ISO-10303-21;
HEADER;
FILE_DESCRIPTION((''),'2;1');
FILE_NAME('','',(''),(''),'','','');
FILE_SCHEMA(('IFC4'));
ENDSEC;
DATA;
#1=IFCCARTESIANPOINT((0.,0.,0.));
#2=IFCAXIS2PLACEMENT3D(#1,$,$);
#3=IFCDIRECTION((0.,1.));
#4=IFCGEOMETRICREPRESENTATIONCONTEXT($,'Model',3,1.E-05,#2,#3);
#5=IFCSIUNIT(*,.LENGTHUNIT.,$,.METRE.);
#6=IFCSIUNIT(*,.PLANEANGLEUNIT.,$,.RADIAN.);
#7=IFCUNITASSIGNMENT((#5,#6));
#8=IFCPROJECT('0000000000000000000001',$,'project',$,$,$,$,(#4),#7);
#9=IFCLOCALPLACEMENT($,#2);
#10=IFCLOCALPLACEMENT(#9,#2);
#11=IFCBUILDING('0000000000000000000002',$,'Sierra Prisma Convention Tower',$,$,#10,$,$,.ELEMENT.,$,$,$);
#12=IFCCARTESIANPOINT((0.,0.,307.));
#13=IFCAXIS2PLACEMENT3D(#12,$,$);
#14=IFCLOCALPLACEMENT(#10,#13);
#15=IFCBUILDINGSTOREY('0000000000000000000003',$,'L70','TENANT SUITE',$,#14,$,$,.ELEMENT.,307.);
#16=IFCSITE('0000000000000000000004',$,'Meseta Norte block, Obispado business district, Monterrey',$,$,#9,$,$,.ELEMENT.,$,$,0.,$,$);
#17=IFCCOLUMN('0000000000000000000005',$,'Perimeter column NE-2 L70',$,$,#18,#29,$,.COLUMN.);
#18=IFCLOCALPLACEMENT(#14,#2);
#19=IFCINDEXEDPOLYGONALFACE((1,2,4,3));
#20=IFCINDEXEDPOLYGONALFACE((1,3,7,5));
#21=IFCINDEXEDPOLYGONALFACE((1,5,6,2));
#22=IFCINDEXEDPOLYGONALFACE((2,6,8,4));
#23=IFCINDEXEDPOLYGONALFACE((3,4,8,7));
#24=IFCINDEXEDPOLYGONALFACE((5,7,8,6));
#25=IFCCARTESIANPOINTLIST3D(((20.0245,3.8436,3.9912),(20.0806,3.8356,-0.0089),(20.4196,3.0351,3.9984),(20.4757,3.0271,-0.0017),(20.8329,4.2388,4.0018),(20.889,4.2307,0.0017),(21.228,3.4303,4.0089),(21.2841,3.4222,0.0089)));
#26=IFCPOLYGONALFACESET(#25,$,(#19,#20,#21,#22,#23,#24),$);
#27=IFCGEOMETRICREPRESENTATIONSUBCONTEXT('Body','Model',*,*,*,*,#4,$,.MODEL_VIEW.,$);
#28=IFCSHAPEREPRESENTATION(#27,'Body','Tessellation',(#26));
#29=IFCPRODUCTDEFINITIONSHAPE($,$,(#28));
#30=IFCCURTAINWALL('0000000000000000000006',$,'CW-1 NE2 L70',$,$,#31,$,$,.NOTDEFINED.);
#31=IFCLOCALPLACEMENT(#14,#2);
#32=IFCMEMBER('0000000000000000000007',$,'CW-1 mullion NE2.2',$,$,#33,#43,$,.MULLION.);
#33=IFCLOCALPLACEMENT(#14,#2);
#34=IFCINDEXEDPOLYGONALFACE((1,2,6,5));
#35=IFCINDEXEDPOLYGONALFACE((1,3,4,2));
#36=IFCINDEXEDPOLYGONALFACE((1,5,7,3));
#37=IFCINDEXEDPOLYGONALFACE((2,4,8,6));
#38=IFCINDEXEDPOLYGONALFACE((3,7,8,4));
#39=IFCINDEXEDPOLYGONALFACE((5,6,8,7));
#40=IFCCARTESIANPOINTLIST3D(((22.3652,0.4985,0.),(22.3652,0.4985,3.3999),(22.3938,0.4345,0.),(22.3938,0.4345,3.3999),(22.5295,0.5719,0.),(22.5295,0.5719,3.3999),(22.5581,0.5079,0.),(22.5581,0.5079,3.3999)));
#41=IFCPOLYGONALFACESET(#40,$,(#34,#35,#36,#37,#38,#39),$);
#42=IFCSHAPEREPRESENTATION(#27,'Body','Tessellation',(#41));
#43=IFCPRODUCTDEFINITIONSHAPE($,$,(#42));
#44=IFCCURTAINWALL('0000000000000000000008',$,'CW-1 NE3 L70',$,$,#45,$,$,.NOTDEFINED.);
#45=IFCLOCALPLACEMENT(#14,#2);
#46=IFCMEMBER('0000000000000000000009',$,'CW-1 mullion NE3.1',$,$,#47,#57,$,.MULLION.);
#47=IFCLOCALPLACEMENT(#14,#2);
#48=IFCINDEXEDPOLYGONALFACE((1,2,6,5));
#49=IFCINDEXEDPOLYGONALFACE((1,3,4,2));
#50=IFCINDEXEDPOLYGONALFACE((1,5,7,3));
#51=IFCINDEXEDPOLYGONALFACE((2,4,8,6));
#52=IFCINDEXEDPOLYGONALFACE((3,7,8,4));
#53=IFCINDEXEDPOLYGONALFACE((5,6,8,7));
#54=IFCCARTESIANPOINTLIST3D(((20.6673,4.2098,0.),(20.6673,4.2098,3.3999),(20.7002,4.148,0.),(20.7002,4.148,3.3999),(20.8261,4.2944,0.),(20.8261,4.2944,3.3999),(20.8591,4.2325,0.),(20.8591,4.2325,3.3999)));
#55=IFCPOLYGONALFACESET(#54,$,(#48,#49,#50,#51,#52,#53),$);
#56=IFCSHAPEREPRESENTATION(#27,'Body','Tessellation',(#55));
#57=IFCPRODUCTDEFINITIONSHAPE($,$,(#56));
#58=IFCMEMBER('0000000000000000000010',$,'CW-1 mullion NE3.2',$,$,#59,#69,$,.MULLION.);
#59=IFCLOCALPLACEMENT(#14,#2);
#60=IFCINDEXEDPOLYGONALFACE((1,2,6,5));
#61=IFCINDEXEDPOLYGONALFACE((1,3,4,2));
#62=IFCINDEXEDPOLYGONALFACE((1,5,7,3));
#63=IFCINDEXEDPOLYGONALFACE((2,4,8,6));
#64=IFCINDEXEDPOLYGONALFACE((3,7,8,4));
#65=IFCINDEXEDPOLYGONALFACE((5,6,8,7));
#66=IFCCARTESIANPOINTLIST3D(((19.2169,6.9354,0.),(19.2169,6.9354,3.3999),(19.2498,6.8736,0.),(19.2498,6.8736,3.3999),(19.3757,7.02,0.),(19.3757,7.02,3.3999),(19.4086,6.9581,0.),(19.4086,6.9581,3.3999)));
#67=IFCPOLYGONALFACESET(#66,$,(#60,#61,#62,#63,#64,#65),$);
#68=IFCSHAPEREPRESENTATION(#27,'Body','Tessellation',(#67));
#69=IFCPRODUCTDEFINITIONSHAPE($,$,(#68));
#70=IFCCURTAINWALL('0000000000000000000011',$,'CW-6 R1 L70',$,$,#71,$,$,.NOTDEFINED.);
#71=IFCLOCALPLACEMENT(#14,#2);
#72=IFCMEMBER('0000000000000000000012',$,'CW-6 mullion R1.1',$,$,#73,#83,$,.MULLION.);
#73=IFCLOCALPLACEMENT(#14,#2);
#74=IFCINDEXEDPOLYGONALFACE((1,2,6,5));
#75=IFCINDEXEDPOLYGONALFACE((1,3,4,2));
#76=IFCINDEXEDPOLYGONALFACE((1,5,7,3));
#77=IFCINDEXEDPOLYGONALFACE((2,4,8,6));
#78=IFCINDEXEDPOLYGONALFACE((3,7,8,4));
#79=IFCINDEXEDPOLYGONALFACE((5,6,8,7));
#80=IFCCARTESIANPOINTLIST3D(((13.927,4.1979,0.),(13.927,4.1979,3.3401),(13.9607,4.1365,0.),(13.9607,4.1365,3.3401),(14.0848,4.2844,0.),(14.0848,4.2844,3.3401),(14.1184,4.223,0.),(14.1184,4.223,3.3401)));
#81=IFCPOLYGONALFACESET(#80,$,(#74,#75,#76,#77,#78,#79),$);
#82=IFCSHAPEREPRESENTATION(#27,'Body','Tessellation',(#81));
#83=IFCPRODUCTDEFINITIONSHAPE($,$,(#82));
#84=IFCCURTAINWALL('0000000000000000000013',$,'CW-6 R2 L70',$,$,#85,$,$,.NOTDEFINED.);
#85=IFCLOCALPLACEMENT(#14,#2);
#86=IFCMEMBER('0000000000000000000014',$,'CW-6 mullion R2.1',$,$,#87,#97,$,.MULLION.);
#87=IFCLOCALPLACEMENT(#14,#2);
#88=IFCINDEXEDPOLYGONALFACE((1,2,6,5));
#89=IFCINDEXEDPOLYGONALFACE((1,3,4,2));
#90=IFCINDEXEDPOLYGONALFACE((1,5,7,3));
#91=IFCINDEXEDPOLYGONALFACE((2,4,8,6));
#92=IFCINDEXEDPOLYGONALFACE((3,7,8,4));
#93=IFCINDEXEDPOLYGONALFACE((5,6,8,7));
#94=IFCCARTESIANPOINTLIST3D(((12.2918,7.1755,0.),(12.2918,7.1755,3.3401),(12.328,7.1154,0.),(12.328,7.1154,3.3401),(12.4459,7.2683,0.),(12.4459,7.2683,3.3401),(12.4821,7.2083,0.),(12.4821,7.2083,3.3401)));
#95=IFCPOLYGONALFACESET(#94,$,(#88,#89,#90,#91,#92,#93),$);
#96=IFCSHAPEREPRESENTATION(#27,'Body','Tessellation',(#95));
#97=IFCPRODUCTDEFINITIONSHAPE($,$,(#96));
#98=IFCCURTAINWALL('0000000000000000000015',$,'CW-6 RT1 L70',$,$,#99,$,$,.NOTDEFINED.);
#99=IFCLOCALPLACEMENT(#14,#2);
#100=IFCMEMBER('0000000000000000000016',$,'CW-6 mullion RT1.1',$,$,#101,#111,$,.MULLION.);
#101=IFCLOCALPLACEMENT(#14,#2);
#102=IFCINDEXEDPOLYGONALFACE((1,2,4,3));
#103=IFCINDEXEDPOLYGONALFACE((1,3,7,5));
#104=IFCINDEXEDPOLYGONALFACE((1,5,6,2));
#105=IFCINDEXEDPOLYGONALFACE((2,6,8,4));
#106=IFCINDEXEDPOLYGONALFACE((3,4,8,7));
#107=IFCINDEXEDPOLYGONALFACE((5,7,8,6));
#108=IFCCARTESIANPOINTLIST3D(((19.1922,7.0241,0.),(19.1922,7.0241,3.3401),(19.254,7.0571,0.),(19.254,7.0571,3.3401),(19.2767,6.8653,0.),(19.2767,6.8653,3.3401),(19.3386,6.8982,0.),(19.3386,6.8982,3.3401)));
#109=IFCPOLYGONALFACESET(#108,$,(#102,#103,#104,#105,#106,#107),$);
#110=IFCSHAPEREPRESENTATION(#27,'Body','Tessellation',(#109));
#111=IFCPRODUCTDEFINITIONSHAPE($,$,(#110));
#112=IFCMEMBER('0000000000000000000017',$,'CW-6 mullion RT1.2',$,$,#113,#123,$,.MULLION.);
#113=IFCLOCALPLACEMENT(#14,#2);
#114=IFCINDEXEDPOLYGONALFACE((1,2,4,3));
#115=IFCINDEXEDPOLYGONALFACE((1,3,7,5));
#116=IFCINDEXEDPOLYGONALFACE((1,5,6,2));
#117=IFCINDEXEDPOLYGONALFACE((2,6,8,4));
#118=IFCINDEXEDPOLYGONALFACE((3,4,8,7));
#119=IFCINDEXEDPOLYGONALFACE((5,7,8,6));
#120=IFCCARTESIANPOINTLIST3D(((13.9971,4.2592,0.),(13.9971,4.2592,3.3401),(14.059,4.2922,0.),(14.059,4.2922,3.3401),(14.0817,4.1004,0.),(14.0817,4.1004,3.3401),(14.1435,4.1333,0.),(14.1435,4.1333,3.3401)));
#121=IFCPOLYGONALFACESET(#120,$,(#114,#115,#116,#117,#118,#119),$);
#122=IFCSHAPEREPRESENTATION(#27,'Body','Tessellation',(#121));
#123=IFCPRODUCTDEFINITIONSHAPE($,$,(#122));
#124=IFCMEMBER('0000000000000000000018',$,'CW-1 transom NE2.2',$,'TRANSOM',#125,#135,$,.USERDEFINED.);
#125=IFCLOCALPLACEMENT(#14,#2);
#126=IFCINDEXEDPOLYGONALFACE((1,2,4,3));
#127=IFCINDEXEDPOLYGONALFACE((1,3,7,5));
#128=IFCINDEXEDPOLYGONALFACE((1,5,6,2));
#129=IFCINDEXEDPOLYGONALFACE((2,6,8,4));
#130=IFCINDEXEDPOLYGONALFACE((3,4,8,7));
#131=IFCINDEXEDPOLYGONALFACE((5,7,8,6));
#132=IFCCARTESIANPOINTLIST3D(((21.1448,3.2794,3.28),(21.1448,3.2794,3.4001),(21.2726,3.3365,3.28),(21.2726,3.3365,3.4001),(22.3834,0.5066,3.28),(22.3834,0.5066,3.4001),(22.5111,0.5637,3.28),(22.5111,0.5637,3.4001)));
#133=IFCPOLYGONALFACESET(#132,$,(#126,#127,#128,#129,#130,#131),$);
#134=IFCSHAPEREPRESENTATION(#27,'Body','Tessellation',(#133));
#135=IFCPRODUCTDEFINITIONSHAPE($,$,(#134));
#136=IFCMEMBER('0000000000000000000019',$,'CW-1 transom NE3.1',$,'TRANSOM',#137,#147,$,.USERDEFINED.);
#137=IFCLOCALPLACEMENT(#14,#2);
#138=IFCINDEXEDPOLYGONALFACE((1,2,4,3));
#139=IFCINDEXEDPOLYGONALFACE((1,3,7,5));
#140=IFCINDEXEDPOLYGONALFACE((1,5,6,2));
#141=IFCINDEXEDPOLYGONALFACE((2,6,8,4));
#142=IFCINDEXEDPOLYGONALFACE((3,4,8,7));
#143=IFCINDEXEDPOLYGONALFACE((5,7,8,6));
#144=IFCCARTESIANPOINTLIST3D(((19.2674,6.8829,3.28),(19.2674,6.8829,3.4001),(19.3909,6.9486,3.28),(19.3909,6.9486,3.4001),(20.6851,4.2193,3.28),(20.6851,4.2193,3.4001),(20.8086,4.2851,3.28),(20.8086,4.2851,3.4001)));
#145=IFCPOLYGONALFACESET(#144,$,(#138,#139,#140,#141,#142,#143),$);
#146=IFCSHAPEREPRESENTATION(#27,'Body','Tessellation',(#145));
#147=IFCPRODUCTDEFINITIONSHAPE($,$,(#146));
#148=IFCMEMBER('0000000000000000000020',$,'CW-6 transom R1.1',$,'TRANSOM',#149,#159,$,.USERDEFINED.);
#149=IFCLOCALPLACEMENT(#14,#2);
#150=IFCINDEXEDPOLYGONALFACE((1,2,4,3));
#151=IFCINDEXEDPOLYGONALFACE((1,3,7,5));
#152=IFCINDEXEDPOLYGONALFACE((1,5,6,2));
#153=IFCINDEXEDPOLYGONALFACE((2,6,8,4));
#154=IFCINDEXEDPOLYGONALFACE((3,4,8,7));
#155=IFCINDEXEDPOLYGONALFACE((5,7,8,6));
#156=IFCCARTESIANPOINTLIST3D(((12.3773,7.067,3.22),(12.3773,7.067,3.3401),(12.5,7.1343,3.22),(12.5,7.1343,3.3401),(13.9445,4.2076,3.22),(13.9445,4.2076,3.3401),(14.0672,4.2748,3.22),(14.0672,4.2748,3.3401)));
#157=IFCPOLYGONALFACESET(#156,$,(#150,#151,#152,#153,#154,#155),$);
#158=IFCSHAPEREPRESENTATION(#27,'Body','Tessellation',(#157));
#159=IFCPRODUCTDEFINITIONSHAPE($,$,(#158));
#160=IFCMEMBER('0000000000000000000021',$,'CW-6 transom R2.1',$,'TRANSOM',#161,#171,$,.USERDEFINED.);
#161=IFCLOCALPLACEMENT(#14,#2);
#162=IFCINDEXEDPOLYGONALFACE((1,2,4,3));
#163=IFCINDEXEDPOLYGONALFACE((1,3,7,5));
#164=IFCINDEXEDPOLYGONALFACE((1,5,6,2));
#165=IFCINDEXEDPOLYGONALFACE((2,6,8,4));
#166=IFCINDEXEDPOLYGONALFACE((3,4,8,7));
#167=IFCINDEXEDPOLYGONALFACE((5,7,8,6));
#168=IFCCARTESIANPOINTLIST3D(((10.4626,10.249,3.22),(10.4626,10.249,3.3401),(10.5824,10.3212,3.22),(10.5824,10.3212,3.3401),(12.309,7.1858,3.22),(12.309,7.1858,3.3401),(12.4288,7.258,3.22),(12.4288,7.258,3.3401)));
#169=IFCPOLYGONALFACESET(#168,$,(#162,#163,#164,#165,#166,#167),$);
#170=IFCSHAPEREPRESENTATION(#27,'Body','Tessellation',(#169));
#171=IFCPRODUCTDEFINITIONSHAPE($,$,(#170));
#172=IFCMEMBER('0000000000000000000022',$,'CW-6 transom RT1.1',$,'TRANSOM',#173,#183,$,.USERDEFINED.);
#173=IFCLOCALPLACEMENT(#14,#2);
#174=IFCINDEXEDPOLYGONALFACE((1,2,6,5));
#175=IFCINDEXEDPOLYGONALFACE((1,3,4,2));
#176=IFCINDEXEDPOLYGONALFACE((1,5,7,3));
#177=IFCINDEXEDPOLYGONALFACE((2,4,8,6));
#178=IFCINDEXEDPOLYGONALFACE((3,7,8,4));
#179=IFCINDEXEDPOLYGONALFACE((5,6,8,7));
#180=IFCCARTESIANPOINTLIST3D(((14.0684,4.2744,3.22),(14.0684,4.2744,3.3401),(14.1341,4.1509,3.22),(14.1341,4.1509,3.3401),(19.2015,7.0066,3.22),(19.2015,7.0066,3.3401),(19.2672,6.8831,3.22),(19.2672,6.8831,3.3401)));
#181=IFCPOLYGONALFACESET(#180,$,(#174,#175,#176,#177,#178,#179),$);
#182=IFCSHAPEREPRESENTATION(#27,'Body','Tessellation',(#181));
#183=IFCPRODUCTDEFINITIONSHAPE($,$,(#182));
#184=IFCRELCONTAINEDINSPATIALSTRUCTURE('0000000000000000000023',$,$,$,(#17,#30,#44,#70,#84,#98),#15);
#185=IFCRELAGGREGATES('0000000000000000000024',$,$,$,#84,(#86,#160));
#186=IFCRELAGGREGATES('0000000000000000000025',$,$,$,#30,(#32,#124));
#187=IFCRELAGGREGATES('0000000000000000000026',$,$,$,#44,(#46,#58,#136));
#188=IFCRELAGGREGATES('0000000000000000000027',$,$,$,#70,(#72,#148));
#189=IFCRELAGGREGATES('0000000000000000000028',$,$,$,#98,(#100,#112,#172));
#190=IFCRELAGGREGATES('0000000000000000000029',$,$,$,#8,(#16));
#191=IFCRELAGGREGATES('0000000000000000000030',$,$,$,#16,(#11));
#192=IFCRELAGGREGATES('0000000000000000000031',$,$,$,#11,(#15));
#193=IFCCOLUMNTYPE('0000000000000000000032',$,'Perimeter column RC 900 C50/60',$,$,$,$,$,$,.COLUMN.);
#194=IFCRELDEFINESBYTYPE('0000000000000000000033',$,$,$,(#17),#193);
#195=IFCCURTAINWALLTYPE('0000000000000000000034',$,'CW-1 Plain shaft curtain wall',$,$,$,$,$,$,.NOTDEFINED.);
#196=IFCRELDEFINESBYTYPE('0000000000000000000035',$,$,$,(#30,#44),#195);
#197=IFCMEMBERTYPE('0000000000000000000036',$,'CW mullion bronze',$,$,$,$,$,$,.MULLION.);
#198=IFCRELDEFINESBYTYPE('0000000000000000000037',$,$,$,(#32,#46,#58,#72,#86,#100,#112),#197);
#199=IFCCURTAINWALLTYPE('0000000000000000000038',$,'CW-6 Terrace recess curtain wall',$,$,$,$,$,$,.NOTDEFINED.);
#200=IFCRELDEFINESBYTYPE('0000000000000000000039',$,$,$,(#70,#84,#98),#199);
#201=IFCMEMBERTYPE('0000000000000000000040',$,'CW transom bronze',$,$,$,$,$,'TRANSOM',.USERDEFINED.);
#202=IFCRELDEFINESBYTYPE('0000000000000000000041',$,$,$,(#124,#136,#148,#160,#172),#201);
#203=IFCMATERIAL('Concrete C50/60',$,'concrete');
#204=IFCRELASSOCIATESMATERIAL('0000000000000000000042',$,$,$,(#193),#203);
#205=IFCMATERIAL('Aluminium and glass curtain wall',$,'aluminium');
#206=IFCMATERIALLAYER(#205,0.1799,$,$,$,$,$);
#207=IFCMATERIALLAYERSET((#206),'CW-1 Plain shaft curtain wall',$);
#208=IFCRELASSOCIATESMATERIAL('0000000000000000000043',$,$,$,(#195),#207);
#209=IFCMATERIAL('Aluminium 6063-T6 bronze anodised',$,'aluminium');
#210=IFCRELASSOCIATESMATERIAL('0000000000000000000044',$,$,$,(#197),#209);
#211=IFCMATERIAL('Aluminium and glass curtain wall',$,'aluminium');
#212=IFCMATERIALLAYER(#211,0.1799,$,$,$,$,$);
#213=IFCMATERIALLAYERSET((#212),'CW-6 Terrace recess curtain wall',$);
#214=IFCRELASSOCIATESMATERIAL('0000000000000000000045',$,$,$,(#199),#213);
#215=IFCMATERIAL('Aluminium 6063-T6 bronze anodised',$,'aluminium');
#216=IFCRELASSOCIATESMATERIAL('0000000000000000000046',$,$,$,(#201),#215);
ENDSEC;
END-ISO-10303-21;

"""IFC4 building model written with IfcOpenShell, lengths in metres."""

from ifc_helpers import new_model, si_unit, direction, frame, origin, origin_2d, place, context, subcontext, project, spatial, rectangle, extrude, material, layer, layer_set, material_profile, profile_set, type_object, element, aggregate, save


model = new_model("IFC4")

# Units and contexts
model_context = context("Model", 3, precision=1e-05, world=origin(), true_north=direction((0.0, 1.0)))
body_context = subcontext(model_context, "Body", "Model", "MODEL_VIEW")
ifc_project = project(units=[si_unit("LENGTHUNIT", "METRE"), si_unit("PLANEANGLEUNIT", "RADIAN")], contexts=[model_context])

# Site, building, storey
site_placement = place(None, origin())
site = spatial("IfcSite", under=ifc_project, at=site_placement, Name="Meseta Norte block, Obispado business district, Monterrey", CompositionType="ELEMENT", RefElevation=0.0)
building_placement = place(site_placement, origin())
building = spatial("IfcBuilding", under=site, at=building_placement, Name="Sierra Prisma Convention Tower", CompositionType="ELEMENT")
storey_placement = place(building_placement, frame((0.0, 0.0, 307.0)))
storey = spatial("IfcBuildingStorey", under=building, at=storey_placement, Name="L70", Description="TENANT SUITE", CompositionType="ELEMENT", Elevation=307.0)

# Column
ifc_material_1 = material(Name="Concrete C50/60", Category="concrete")
ifc_material_profile_1 = material_profile(ifc_material_1, rectangle(XDim=0.8999, YDim=0.8999, at=origin_2d()), Name="Perimeter column RC 900 C50/60")
ifc_profile_set_1 = profile_set([ifc_material_profile_1], Name="Concrete C50/60")
column_type = type_object("IfcColumnType", Name="Perimeter column RC 900 C50/60", PredefinedType="COLUMN", material=ifc_profile_set_1)
column_placement = place(storey_placement, frame((20.6824, 3.6289, 0.0), z_axis=(-0.014037, 0.002014, 0.999899), x_axis=(-0.439063, 0.898421, -0.007973)))
element("IfcColumn", 1, at=column_placement, inside=storey, type_object=column_type, Name="Perimeter column NE-2 L70", PredefinedType="COLUMN", context=body_context, shape_type="SweptSolid", body=[
    extrude(rectangle(XDim=0.8999, YDim=0.8999, at=origin_2d()), origin(), (0.0, 0.0, 1.0), 4.0005),
])

# Curtain wall, member
ifc_material_2 = material(Name="Aluminium and glass curtain wall", Category="aluminium")
ifc_layer_1 = layer(ifc_material_2, 0.1799)
ifc_layer_set_1 = layer_set([ifc_layer_1], Name="CW-1 Plain shaft curtain wall")
curtain_wall_type_1 = type_object("IfcCurtainWallType", Name="CW-1 Plain shaft curtain wall", PredefinedType="NOTDEFINED", material=ifc_layer_set_1)
curtain_wall_1_placement = place(storey_placement, origin())
curtain_wall_1 = element("IfcCurtainWall", 2, at=curtain_wall_1_placement, inside=storey, type_object=curtain_wall_type_1, Name="CW-1 NE2 L70", PredefinedType="NOTDEFINED")
ifc_material_3 = material(Name="Aluminium 6063-T6 bronze anodised", Category="aluminium")
ifc_material_profile_2 = material_profile(ifc_material_3, rectangle(XDim=0.1799, YDim=0.0701, at=origin_2d()), Name="ALU MULLION 70x180")
ifc_profile_set_2 = profile_set([ifc_material_profile_2], Name="Aluminium 6063-T6 bronze anodised")
member_type_1 = type_object("IfcMemberType", Name="CW mullion bronze", PredefinedType="MULLION", material=ifc_profile_set_2)
member_1_placement = place(storey_placement, frame((22.4617, 0.5032, 0.0), z_axis=(0.0, 0.0, 1.0), x_axis=(-0.913045, -0.407858, 0.0)))
member_1 = element("IfcMember", 3, at=member_1_placement, type_object=member_type_1, Name="CW-1 mullion NE2.2", PredefinedType="MULLION", context=body_context, shape_type="SweptSolid", body=[
    extrude(rectangle(XDim=0.1799, YDim=0.0701, at=origin_2d()), origin(), (0.0, 0.0, 1.0), 3.3999),
])

# Curtain wall, members
curtain_wall_2_placement = place(storey_placement, origin())
curtain_wall_2 = element("IfcCurtainWall", 4, at=curtain_wall_2_placement, inside=storey, type_object=curtain_wall_type_1, Name="CW-1 NE3 L70", PredefinedType="NOTDEFINED")
member_2_placement = place(storey_placement, frame((20.7632, 4.2212, 0.0), z_axis=(0.0, 0.0, 1.0), x_axis=(-0.882755, -0.469833, 0.0)))
member_2 = element("IfcMember", 5, at=member_2_placement, type_object=member_type_1, Name="CW-1 mullion NE3.1", PredefinedType="MULLION", context=body_context, shape_type="SweptSolid", body=[
    extrude(rectangle(XDim=0.1799, YDim=0.0701, at=origin_2d()), origin(), (0.0, 0.0, 1.0), 3.3999),
])
member_3_placement = place(storey_placement, frame((19.3127, 6.9468, 0.0), z_axis=(0.0, 0.0, 1.0), x_axis=(-0.882755, -0.469833, 0.0)))
member_3 = element("IfcMember", 6, at=member_3_placement, type_object=member_type_1, Name="CW-1 mullion NE3.2", PredefinedType="MULLION", context=body_context, shape_type="SweptSolid", body=[
    extrude(rectangle(XDim=0.1799, YDim=0.0701, at=origin_2d()), origin(), (0.0, 0.0, 1.0), 3.3999),
])

# Curtain walls, members
ifc_material_4 = material(Name="Aluminium and glass curtain wall", Category="aluminium")
ifc_layer_2 = layer(ifc_material_4, 0.1799)
ifc_layer_set_2 = layer_set([ifc_layer_2], Name="CW-6 Terrace recess curtain wall")
curtain_wall_type_2 = type_object("IfcCurtainWallType", Name="CW-6 Terrace recess curtain wall", PredefinedType="NOTDEFINED", material=ifc_layer_set_2)
curtain_wall_3_placement = place(storey_placement, origin())
curtain_wall_3 = element("IfcCurtainWall", 7, at=curtain_wall_3_placement, inside=storey, type_object=curtain_wall_type_2, Name="CW-6 R1 L70", PredefinedType="NOTDEFINED")
member_4_placement = place(storey_placement, frame((14.0227, 4.2104, 0.0), z_axis=(0.0, 0.0, 1.0), x_axis=(-0.876916, -0.480643, 0.0)))
member_4 = element("IfcMember", 8, at=member_4_placement, type_object=member_type_1, Name="CW-6 mullion R1.1", PredefinedType="MULLION", context=body_context, shape_type="SweptSolid", body=[
    extrude(rectangle(XDim=0.1799, YDim=0.0701, at=origin_2d()), origin(), (0.0, 0.0, 1.0), 3.3401),
])
curtain_wall_4_placement = place(storey_placement, origin())
curtain_wall_4 = element("IfcCurtainWall", 9, at=curtain_wall_4_placement, inside=storey, type_object=curtain_wall_type_2, Name="CW-6 R2 L70", PredefinedType="NOTDEFINED")
member_5_placement = place(storey_placement, frame((12.387, 7.1919, 0.0), z_axis=(0.0, 0.0, 1.0), x_axis=(-0.856464, -0.516206, 0.0)))
member_5 = element("IfcMember", 10, at=member_5_placement, type_object=member_type_1, Name="CW-6 mullion R2.1", PredefinedType="MULLION", context=body_context, shape_type="SweptSolid", body=[
    extrude(rectangle(XDim=0.1799, YDim=0.0701, at=origin_2d()), origin(), (0.0, 0.0, 1.0), 3.3401),
])

# Curtain wall, members
curtain_wall_5_placement = place(storey_placement, origin())
curtain_wall_5 = element("IfcCurtainWall", 11, at=curtain_wall_5_placement, inside=storey, type_object=curtain_wall_type_2, Name="CW-6 RT1 L70", PredefinedType="NOTDEFINED")
member_6_placement = place(storey_placement, frame((19.2654, 6.9612, 0.0), z_axis=(0.0, 0.0, 1.0), x_axis=(0.469833, -0.882755, 0.0)))
member_6 = element("IfcMember", 12, at=member_6_placement, type_object=member_type_1, Name="CW-6 mullion RT1.1", PredefinedType="MULLION", context=body_context, shape_type="SweptSolid", body=[
    extrude(rectangle(XDim=0.1799, YDim=0.0701, at=origin_2d()), origin(), (0.0, 0.0, 1.0), 3.3401),
])
member_7_placement = place(storey_placement, frame((14.0703, 4.1963, 0.0), z_axis=(0.0, 0.0, 1.0), x_axis=(0.469833, -0.882755, 0.0)))
member_7 = element("IfcMember", 13, at=member_7_placement, type_object=member_type_1, Name="CW-6 mullion RT1.2", PredefinedType="MULLION", context=body_context, shape_type="SweptSolid", body=[
    extrude(rectangle(XDim=0.1799, YDim=0.0701, at=origin_2d()), origin(), (0.0, 0.0, 1.0), 3.3401),
])

# Members
ifc_material_5 = material(Name="Aluminium 6063-T6 bronze anodised", Category="aluminium")
ifc_material_profile_3 = material_profile(ifc_material_5, rectangle(XDim=0.1399, YDim=0.1201, at=origin_2d()), Name="ALU TRANSOM 120x140")
ifc_profile_set_3 = profile_set([ifc_material_profile_3], Name="Aluminium 6063-T6 bronze anodised")
member_type_2 = type_object("IfcMemberType", Name="CW transom bronze", ElementType="TRANSOM", PredefinedType="USERDEFINED", material=ifc_profile_set_3)
member_8_placement = place(storey_placement, frame((22.4473, 0.5352, 3.3401), z_axis=(-0.407846, 0.913051, 0.0), x_axis=(-0.913051, -0.407846, 0.0)))
member_8 = element("IfcMember", 14, at=member_8_placement, type_object=member_type_2, Name="CW-1 transom NE2.2", ObjectType="TRANSOM", PredefinedType="USERDEFINED", context=body_context, shape_type="SweptSolid", body=[
    extrude(rectangle(XDim=0.1399, YDim=0.1201, at=origin_2d()), origin(), (0.0, 0.0, 1.0), 3.0369),
])
member_9_placement = place(storey_placement, frame((20.7468, 4.2522, 3.3401), z_axis=(-0.469853, 0.882745, 0.0), x_axis=(-0.882745, -0.469853, 0.0)))
member_9 = element("IfcMember", 15, at=member_9_placement, type_object=member_type_2, Name="CW-1 transom NE3.1", ObjectType="TRANSOM", PredefinedType="USERDEFINED", context=body_context, shape_type="SweptSolid", body=[
    extrude(rectangle(XDim=0.1399, YDim=0.1201, at=origin_2d()), origin(), (0.0, 0.0, 1.0), 3.0173),
])
member_10_placement = place(storey_placement, frame((14.0059, 4.2412, 3.28), z_axis=(-0.480619, 0.876929, 0.0), x_axis=(-0.876929, -0.480619, 0.0)))
member_10 = element("IfcMember", 16, at=member_10_placement, type_object=member_type_2, Name="CW-6 transom R1.1", ObjectType="TRANSOM", PredefinedType="USERDEFINED", context=body_context, shape_type="SweptSolid", body=[
    extrude(rectangle(XDim=0.1399, YDim=0.1201, at=origin_2d()), origin(), (0.0, 0.0, 1.0), 3.2607),
])
member_11_placement = place(storey_placement, frame((12.3689, 7.2219, 3.28), z_axis=(-0.516241, 0.856443, 0.0), x_axis=(-0.856443, -0.516241, 0.0)))
member_11 = element("IfcMember", 17, at=member_11_placement, type_object=member_type_2, Name="CW-6 transom R2.1", ObjectType="TRANSOM", PredefinedType="USERDEFINED", context=body_context, shape_type="SweptSolid", body=[
    extrude(rectangle(XDim=0.1399, YDim=0.1201, at=origin_2d()), origin(), (0.0, 0.0, 1.0), 3.5767),
])
aggregate(curtain_wall_4, [member_5, member_11])
member_12_placement = place(storey_placement, frame((19.2344, 6.9448, 3.28), z_axis=(-0.882742, -0.469858, 0.0), x_axis=(0.469858, -0.882742, 0.0)))
member_12 = element("IfcMember", 18, at=member_12_placement, type_object=member_type_2, Name="CW-6 transom RT1.1", ObjectType="TRANSOM", PredefinedType="USERDEFINED", context=body_context, shape_type="SweptSolid", body=[
    extrude(rectangle(XDim=0.1399, YDim=0.1201, at=origin_2d()), origin(), (0.0, 0.0, 1.0), 5.8149),
])

aggregate(curtain_wall_1, [member_1, member_8])
aggregate(curtain_wall_2, [member_2, member_3, member_9])
aggregate(curtain_wall_3, [member_4, member_10])
aggregate(curtain_wall_5, [member_6, member_7, member_12])

save(model, "model.ifc")
